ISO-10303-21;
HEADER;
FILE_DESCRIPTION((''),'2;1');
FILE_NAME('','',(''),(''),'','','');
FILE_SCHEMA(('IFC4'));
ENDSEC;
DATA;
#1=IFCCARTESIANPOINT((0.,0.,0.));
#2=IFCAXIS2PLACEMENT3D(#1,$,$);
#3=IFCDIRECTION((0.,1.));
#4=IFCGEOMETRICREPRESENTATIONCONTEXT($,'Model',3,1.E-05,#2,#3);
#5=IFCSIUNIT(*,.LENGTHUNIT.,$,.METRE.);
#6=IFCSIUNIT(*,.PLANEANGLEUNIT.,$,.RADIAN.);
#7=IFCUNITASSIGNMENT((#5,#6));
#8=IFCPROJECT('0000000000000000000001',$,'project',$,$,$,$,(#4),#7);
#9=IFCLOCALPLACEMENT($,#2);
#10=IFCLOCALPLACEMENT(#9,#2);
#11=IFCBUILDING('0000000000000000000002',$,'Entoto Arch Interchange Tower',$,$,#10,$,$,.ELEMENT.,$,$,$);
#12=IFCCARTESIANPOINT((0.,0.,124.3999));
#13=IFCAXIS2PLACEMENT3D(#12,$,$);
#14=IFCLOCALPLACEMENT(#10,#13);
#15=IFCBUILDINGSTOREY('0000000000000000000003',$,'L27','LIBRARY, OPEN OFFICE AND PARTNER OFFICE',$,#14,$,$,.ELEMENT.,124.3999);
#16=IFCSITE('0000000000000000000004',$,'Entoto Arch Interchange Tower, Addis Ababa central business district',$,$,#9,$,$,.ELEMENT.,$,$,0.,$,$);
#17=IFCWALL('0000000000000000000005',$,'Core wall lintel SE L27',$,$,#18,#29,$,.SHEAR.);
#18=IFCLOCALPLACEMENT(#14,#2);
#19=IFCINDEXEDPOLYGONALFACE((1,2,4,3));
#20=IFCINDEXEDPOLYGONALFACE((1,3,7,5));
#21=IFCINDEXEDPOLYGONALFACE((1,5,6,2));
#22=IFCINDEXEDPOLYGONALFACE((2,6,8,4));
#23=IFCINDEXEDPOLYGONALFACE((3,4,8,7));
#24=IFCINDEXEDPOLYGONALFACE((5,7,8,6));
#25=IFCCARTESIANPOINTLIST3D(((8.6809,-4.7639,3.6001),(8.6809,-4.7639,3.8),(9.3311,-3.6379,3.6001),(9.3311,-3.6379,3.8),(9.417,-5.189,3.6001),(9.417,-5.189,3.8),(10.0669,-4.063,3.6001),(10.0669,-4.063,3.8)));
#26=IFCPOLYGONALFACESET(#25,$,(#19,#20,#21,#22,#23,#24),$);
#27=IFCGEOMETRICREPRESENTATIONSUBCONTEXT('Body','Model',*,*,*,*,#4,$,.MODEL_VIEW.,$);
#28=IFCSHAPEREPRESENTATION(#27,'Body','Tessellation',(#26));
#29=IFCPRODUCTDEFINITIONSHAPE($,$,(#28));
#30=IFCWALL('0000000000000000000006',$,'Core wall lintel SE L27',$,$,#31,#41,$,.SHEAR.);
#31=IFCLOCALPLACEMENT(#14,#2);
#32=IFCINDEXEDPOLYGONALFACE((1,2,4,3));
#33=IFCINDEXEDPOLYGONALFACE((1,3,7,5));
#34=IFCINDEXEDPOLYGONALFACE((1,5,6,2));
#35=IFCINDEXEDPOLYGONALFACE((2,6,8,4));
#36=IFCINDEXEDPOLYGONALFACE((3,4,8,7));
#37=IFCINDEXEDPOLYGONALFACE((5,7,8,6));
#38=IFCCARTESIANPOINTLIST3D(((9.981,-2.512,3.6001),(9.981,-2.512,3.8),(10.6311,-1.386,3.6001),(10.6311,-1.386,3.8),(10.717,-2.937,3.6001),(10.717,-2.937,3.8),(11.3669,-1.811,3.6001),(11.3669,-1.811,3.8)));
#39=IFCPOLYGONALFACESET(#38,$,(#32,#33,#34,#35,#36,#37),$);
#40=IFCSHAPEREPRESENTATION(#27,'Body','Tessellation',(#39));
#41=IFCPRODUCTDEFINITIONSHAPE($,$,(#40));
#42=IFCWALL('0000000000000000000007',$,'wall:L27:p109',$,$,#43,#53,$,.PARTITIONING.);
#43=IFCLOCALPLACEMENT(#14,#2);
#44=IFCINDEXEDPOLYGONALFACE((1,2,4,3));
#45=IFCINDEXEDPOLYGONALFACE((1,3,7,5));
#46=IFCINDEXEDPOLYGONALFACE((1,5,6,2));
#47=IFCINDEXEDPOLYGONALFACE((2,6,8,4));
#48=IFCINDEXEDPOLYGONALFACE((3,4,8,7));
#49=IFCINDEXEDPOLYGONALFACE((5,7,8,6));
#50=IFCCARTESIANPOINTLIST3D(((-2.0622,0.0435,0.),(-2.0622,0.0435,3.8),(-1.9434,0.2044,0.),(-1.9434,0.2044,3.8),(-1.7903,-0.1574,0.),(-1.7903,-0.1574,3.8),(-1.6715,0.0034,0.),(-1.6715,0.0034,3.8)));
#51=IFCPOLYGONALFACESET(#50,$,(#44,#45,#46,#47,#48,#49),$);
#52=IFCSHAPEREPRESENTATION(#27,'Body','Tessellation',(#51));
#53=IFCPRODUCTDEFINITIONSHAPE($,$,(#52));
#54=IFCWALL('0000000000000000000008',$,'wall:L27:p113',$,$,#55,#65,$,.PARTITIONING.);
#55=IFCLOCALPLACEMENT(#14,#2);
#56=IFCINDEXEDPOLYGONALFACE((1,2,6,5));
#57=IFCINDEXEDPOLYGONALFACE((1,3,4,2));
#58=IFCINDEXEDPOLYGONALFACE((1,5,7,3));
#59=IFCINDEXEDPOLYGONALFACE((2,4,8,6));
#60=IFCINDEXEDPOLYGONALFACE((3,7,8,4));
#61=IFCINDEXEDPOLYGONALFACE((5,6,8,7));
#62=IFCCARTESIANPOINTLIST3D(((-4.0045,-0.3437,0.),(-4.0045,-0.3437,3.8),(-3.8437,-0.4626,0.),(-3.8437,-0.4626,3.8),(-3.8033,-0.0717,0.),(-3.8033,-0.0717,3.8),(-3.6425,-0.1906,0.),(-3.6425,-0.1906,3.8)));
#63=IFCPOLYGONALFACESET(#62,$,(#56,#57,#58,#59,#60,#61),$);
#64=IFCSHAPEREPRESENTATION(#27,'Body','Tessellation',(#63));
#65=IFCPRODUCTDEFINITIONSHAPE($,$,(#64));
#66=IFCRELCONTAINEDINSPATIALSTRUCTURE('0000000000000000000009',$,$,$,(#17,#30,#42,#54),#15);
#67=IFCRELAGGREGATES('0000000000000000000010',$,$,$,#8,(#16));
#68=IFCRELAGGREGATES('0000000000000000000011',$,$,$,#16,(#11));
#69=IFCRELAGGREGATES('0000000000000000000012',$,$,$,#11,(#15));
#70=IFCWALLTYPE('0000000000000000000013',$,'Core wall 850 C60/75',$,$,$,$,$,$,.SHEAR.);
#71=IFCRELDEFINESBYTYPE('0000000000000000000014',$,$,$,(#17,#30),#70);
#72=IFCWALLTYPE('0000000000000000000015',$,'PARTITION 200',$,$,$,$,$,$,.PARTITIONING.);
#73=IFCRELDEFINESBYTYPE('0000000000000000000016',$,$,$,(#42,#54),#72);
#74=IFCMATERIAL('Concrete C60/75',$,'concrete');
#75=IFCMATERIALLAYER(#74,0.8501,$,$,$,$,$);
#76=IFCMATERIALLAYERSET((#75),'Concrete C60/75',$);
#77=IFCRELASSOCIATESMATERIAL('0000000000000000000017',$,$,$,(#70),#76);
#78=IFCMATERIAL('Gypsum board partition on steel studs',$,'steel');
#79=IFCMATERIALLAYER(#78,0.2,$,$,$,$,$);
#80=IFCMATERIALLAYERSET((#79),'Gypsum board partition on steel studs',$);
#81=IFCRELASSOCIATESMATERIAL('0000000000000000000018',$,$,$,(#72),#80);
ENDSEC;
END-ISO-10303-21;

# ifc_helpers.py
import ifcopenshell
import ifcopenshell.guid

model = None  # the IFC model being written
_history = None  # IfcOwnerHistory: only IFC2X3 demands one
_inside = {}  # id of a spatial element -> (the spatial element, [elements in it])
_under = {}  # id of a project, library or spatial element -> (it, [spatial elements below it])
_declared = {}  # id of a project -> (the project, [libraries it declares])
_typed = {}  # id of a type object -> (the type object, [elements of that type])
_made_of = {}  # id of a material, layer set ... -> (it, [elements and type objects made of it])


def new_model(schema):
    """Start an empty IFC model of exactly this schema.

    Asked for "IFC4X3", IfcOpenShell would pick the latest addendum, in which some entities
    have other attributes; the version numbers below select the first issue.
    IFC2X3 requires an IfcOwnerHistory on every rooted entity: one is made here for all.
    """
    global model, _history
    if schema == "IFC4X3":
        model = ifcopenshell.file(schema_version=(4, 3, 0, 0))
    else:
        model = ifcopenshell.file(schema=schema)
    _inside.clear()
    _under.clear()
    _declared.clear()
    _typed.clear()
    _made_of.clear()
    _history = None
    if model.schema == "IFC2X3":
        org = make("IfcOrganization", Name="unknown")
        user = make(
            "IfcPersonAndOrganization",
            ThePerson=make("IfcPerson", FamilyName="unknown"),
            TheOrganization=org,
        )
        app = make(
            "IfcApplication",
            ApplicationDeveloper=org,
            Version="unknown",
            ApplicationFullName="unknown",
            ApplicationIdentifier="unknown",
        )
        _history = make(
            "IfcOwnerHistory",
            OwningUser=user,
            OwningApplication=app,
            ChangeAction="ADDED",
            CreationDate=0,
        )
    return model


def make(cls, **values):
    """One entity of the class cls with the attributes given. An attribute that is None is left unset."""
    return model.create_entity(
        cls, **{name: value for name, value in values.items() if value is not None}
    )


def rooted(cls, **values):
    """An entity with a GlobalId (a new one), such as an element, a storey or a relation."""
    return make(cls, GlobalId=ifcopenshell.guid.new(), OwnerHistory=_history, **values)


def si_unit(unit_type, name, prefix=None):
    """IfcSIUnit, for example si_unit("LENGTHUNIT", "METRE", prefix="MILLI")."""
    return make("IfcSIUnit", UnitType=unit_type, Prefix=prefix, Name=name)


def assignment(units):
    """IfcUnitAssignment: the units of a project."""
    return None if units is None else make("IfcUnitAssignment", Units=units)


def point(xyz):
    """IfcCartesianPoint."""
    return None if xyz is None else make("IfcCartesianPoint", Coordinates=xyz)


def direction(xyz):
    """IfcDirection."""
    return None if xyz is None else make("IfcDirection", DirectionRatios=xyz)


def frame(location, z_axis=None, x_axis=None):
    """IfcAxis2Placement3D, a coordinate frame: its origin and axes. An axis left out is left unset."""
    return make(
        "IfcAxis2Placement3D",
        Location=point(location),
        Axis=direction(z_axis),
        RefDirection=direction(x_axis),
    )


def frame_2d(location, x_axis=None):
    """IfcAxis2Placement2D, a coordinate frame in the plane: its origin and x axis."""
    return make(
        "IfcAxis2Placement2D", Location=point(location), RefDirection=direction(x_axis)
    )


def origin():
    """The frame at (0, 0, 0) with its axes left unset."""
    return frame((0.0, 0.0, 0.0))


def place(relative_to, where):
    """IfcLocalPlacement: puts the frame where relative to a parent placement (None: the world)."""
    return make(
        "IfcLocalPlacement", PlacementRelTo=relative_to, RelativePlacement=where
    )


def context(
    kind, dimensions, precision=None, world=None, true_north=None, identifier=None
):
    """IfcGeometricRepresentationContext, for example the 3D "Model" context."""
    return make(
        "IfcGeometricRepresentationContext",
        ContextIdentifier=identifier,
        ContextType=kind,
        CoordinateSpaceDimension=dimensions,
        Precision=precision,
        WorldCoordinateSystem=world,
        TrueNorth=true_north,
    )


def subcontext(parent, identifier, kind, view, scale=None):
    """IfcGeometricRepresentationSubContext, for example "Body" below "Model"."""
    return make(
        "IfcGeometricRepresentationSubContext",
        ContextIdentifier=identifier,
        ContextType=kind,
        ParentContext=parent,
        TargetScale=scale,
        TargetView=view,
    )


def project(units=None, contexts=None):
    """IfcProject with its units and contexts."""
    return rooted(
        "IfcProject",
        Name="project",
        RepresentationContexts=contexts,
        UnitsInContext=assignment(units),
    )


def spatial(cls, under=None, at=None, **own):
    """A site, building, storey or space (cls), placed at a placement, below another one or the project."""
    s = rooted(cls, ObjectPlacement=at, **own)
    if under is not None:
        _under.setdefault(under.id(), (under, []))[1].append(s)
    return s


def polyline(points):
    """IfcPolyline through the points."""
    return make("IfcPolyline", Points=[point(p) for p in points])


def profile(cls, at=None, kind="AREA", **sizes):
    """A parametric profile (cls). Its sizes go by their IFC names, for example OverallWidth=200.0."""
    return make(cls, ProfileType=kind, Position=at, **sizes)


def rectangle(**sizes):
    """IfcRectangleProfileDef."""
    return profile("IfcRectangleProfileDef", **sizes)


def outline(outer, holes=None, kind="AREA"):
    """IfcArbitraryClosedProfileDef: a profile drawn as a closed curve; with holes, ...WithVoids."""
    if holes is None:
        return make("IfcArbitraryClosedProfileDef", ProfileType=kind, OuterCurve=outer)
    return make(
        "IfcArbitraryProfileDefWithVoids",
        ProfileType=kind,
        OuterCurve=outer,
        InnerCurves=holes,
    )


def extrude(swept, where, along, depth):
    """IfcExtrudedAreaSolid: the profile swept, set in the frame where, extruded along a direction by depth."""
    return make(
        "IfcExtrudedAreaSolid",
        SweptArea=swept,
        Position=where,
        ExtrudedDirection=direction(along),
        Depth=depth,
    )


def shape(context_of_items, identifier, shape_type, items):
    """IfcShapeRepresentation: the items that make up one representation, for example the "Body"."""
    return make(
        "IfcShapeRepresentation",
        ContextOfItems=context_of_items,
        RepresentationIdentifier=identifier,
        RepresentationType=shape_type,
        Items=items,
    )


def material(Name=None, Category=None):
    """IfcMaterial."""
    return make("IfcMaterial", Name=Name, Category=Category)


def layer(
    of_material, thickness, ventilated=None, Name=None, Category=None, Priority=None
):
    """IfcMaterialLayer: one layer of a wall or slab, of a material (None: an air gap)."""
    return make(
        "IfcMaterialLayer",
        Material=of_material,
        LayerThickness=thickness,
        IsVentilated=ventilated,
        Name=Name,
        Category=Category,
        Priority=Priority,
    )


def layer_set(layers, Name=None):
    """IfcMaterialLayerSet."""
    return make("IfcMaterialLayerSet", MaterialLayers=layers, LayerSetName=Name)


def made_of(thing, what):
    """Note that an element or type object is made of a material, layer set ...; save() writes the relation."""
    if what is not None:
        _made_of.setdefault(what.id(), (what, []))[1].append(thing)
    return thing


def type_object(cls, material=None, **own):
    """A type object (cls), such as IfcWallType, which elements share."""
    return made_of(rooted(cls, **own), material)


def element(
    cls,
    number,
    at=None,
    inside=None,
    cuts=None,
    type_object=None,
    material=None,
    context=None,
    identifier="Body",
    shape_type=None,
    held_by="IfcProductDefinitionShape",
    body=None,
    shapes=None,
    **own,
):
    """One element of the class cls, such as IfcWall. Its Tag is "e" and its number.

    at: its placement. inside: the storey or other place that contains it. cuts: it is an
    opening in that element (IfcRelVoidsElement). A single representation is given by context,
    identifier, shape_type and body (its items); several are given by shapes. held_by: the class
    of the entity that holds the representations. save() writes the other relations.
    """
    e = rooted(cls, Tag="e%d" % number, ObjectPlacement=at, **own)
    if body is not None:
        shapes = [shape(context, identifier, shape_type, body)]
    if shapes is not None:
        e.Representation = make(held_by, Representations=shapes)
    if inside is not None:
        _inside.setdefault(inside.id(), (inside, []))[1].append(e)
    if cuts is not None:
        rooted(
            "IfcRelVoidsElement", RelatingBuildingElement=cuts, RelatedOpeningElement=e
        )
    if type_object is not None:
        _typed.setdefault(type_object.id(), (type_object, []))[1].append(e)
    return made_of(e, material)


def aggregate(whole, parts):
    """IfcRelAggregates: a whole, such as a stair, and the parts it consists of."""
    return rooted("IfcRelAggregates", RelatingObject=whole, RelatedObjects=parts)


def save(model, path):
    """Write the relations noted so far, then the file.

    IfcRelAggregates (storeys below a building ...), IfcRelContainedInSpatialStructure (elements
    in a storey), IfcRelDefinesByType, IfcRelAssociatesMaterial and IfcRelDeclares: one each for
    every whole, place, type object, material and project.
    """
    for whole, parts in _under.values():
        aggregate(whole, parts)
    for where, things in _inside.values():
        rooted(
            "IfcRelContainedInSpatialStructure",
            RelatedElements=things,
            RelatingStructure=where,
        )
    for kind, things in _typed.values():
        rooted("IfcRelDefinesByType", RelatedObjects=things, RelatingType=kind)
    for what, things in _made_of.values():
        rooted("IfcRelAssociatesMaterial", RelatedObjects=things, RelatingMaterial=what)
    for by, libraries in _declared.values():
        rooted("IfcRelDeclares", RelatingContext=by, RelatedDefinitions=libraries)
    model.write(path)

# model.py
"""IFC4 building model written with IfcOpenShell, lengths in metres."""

from ifc_helpers import new_model, si_unit, direction, frame, frame_2d, origin, place, context, subcontext, project, spatial, polyline, rectangle, outline, extrude, material, layer, layer_set, type_object, element, save


model = new_model("IFC4")

# Units and contexts
model_context = context("Model", 3, precision=1e-05, world=origin(), true_north=direction((0.0, 1.0)))
body_context = subcontext(model_context, "Body", "Model", "MODEL_VIEW")
ifc_project = project(units=[si_unit("LENGTHUNIT", "METRE"), si_unit("PLANEANGLEUNIT", "RADIAN")], contexts=[model_context])

# Site, building, storey
site_placement = place(None, origin())
site = spatial("IfcSite", under=ifc_project, at=site_placement, Name="Entoto Arch Interchange Tower, Addis Ababa central business district", CompositionType="ELEMENT", RefElevation=0.0)
building_placement = place(site_placement, origin())
building = spatial("IfcBuilding", under=site, at=building_placement, Name="Entoto Arch Interchange Tower", CompositionType="ELEMENT")
storey_placement = place(building_placement, frame((0.0, 0.0, 124.3999)))
storey = spatial("IfcBuildingStorey", under=building, at=storey_placement, Name="L27", Description="LIBRARY, OPEN OFFICE AND PARTNER OFFICE", CompositionType="ELEMENT", Elevation=124.3999)

# Walls
ifc_material_1 = material(Name="Concrete C60/75", Category="concrete")
ifc_layer_1 = layer(ifc_material_1, 0.8501)
ifc_layer_set_1 = layer_set([ifc_layer_1], Name="Concrete C60/75")
wall_type_1 = type_object("IfcWallType", Name="Core wall 850 C60/75", PredefinedType="SHEAR", material=ifc_layer_set_1)
wall_1_placement = place(storey_placement, frame((0.0, 0.0, 3.6001)))
element("IfcWall", 1, at=wall_1_placement, inside=storey, type_object=wall_type_1, Name="Core wall lintel SE L27", PredefinedType="SHEAR", context=body_context, shape_type="SweptSolid", body=[
    extrude(outline(polyline([(10.0669, -4.063), (9.3311, -3.6379), (8.6809, -4.7639), (9.417, -5.189), (10.0669, -4.063)])), origin(), (0.0, 0.0, 1.0), 0.2),
])
wall_2_placement = place(storey_placement, frame((0.0, 0.0, 3.6001)))
element("IfcWall", 2, at=wall_2_placement, inside=storey, type_object=wall_type_1, Name="Core wall lintel SE L27", PredefinedType="SHEAR", context=body_context, shape_type="SweptSolid", body=[
    extrude(outline(polyline([(11.3669, -1.811), (10.6311, -1.386), (9.981, -2.512), (10.717, -2.937), (11.3669, -1.811)])), origin(), (0.0, 0.0, 1.0), 0.2),
])
ifc_material_2 = material(Name="Gypsum board partition on steel studs", Category="steel")
ifc_layer_2 = layer(ifc_material_2, 0.2)
ifc_layer_set_2 = layer_set([ifc_layer_2], Name="Gypsum board partition on steel studs")
wall_type_2 = type_object("IfcWallType", Name="PARTITION 200", PredefinedType="PARTITIONING", material=ifc_layer_set_2)
wall_3_placement = place(storey_placement, frame((-1.731, -0.0769, 0.0), z_axis=(0.0, 0.0, 1.0), x_axis=(-0.804311, 0.594208, 0.0)))
element("IfcWall", 3, at=wall_3_placement, inside=storey, type_object=wall_type_2, Name="wall:L27:p109", PredefinedType="PARTITIONING", context=body_context, shape_type="SweptSolid", body=[
    extrude(rectangle(XDim=0.3381, YDim=0.2, at=frame_2d((0.1689, 0.0))), origin(), (0.0, 0.0, 1.0), 3.8),
])
wall_4_placement = place(storey_placement, frame((-3.7229, -0.1311, 0.0), z_axis=(0.0, 0.0, 1.0), x_axis=(-0.594675, -0.803966, 0.0)))
element("IfcWall", 4, at=wall_4_placement, inside=storey, type_object=wall_type_2, Name="wall:L27:p113", PredefinedType="PARTITIONING", context=body_context, shape_type="SweptSolid", body=[
    extrude(rectangle(XDim=0.3384, YDim=0.2, at=frame_2d((0.1692, 0.0))), origin(), (0.0, 0.0, 1.0), 3.8),
])

save(model, "model.ifc")
